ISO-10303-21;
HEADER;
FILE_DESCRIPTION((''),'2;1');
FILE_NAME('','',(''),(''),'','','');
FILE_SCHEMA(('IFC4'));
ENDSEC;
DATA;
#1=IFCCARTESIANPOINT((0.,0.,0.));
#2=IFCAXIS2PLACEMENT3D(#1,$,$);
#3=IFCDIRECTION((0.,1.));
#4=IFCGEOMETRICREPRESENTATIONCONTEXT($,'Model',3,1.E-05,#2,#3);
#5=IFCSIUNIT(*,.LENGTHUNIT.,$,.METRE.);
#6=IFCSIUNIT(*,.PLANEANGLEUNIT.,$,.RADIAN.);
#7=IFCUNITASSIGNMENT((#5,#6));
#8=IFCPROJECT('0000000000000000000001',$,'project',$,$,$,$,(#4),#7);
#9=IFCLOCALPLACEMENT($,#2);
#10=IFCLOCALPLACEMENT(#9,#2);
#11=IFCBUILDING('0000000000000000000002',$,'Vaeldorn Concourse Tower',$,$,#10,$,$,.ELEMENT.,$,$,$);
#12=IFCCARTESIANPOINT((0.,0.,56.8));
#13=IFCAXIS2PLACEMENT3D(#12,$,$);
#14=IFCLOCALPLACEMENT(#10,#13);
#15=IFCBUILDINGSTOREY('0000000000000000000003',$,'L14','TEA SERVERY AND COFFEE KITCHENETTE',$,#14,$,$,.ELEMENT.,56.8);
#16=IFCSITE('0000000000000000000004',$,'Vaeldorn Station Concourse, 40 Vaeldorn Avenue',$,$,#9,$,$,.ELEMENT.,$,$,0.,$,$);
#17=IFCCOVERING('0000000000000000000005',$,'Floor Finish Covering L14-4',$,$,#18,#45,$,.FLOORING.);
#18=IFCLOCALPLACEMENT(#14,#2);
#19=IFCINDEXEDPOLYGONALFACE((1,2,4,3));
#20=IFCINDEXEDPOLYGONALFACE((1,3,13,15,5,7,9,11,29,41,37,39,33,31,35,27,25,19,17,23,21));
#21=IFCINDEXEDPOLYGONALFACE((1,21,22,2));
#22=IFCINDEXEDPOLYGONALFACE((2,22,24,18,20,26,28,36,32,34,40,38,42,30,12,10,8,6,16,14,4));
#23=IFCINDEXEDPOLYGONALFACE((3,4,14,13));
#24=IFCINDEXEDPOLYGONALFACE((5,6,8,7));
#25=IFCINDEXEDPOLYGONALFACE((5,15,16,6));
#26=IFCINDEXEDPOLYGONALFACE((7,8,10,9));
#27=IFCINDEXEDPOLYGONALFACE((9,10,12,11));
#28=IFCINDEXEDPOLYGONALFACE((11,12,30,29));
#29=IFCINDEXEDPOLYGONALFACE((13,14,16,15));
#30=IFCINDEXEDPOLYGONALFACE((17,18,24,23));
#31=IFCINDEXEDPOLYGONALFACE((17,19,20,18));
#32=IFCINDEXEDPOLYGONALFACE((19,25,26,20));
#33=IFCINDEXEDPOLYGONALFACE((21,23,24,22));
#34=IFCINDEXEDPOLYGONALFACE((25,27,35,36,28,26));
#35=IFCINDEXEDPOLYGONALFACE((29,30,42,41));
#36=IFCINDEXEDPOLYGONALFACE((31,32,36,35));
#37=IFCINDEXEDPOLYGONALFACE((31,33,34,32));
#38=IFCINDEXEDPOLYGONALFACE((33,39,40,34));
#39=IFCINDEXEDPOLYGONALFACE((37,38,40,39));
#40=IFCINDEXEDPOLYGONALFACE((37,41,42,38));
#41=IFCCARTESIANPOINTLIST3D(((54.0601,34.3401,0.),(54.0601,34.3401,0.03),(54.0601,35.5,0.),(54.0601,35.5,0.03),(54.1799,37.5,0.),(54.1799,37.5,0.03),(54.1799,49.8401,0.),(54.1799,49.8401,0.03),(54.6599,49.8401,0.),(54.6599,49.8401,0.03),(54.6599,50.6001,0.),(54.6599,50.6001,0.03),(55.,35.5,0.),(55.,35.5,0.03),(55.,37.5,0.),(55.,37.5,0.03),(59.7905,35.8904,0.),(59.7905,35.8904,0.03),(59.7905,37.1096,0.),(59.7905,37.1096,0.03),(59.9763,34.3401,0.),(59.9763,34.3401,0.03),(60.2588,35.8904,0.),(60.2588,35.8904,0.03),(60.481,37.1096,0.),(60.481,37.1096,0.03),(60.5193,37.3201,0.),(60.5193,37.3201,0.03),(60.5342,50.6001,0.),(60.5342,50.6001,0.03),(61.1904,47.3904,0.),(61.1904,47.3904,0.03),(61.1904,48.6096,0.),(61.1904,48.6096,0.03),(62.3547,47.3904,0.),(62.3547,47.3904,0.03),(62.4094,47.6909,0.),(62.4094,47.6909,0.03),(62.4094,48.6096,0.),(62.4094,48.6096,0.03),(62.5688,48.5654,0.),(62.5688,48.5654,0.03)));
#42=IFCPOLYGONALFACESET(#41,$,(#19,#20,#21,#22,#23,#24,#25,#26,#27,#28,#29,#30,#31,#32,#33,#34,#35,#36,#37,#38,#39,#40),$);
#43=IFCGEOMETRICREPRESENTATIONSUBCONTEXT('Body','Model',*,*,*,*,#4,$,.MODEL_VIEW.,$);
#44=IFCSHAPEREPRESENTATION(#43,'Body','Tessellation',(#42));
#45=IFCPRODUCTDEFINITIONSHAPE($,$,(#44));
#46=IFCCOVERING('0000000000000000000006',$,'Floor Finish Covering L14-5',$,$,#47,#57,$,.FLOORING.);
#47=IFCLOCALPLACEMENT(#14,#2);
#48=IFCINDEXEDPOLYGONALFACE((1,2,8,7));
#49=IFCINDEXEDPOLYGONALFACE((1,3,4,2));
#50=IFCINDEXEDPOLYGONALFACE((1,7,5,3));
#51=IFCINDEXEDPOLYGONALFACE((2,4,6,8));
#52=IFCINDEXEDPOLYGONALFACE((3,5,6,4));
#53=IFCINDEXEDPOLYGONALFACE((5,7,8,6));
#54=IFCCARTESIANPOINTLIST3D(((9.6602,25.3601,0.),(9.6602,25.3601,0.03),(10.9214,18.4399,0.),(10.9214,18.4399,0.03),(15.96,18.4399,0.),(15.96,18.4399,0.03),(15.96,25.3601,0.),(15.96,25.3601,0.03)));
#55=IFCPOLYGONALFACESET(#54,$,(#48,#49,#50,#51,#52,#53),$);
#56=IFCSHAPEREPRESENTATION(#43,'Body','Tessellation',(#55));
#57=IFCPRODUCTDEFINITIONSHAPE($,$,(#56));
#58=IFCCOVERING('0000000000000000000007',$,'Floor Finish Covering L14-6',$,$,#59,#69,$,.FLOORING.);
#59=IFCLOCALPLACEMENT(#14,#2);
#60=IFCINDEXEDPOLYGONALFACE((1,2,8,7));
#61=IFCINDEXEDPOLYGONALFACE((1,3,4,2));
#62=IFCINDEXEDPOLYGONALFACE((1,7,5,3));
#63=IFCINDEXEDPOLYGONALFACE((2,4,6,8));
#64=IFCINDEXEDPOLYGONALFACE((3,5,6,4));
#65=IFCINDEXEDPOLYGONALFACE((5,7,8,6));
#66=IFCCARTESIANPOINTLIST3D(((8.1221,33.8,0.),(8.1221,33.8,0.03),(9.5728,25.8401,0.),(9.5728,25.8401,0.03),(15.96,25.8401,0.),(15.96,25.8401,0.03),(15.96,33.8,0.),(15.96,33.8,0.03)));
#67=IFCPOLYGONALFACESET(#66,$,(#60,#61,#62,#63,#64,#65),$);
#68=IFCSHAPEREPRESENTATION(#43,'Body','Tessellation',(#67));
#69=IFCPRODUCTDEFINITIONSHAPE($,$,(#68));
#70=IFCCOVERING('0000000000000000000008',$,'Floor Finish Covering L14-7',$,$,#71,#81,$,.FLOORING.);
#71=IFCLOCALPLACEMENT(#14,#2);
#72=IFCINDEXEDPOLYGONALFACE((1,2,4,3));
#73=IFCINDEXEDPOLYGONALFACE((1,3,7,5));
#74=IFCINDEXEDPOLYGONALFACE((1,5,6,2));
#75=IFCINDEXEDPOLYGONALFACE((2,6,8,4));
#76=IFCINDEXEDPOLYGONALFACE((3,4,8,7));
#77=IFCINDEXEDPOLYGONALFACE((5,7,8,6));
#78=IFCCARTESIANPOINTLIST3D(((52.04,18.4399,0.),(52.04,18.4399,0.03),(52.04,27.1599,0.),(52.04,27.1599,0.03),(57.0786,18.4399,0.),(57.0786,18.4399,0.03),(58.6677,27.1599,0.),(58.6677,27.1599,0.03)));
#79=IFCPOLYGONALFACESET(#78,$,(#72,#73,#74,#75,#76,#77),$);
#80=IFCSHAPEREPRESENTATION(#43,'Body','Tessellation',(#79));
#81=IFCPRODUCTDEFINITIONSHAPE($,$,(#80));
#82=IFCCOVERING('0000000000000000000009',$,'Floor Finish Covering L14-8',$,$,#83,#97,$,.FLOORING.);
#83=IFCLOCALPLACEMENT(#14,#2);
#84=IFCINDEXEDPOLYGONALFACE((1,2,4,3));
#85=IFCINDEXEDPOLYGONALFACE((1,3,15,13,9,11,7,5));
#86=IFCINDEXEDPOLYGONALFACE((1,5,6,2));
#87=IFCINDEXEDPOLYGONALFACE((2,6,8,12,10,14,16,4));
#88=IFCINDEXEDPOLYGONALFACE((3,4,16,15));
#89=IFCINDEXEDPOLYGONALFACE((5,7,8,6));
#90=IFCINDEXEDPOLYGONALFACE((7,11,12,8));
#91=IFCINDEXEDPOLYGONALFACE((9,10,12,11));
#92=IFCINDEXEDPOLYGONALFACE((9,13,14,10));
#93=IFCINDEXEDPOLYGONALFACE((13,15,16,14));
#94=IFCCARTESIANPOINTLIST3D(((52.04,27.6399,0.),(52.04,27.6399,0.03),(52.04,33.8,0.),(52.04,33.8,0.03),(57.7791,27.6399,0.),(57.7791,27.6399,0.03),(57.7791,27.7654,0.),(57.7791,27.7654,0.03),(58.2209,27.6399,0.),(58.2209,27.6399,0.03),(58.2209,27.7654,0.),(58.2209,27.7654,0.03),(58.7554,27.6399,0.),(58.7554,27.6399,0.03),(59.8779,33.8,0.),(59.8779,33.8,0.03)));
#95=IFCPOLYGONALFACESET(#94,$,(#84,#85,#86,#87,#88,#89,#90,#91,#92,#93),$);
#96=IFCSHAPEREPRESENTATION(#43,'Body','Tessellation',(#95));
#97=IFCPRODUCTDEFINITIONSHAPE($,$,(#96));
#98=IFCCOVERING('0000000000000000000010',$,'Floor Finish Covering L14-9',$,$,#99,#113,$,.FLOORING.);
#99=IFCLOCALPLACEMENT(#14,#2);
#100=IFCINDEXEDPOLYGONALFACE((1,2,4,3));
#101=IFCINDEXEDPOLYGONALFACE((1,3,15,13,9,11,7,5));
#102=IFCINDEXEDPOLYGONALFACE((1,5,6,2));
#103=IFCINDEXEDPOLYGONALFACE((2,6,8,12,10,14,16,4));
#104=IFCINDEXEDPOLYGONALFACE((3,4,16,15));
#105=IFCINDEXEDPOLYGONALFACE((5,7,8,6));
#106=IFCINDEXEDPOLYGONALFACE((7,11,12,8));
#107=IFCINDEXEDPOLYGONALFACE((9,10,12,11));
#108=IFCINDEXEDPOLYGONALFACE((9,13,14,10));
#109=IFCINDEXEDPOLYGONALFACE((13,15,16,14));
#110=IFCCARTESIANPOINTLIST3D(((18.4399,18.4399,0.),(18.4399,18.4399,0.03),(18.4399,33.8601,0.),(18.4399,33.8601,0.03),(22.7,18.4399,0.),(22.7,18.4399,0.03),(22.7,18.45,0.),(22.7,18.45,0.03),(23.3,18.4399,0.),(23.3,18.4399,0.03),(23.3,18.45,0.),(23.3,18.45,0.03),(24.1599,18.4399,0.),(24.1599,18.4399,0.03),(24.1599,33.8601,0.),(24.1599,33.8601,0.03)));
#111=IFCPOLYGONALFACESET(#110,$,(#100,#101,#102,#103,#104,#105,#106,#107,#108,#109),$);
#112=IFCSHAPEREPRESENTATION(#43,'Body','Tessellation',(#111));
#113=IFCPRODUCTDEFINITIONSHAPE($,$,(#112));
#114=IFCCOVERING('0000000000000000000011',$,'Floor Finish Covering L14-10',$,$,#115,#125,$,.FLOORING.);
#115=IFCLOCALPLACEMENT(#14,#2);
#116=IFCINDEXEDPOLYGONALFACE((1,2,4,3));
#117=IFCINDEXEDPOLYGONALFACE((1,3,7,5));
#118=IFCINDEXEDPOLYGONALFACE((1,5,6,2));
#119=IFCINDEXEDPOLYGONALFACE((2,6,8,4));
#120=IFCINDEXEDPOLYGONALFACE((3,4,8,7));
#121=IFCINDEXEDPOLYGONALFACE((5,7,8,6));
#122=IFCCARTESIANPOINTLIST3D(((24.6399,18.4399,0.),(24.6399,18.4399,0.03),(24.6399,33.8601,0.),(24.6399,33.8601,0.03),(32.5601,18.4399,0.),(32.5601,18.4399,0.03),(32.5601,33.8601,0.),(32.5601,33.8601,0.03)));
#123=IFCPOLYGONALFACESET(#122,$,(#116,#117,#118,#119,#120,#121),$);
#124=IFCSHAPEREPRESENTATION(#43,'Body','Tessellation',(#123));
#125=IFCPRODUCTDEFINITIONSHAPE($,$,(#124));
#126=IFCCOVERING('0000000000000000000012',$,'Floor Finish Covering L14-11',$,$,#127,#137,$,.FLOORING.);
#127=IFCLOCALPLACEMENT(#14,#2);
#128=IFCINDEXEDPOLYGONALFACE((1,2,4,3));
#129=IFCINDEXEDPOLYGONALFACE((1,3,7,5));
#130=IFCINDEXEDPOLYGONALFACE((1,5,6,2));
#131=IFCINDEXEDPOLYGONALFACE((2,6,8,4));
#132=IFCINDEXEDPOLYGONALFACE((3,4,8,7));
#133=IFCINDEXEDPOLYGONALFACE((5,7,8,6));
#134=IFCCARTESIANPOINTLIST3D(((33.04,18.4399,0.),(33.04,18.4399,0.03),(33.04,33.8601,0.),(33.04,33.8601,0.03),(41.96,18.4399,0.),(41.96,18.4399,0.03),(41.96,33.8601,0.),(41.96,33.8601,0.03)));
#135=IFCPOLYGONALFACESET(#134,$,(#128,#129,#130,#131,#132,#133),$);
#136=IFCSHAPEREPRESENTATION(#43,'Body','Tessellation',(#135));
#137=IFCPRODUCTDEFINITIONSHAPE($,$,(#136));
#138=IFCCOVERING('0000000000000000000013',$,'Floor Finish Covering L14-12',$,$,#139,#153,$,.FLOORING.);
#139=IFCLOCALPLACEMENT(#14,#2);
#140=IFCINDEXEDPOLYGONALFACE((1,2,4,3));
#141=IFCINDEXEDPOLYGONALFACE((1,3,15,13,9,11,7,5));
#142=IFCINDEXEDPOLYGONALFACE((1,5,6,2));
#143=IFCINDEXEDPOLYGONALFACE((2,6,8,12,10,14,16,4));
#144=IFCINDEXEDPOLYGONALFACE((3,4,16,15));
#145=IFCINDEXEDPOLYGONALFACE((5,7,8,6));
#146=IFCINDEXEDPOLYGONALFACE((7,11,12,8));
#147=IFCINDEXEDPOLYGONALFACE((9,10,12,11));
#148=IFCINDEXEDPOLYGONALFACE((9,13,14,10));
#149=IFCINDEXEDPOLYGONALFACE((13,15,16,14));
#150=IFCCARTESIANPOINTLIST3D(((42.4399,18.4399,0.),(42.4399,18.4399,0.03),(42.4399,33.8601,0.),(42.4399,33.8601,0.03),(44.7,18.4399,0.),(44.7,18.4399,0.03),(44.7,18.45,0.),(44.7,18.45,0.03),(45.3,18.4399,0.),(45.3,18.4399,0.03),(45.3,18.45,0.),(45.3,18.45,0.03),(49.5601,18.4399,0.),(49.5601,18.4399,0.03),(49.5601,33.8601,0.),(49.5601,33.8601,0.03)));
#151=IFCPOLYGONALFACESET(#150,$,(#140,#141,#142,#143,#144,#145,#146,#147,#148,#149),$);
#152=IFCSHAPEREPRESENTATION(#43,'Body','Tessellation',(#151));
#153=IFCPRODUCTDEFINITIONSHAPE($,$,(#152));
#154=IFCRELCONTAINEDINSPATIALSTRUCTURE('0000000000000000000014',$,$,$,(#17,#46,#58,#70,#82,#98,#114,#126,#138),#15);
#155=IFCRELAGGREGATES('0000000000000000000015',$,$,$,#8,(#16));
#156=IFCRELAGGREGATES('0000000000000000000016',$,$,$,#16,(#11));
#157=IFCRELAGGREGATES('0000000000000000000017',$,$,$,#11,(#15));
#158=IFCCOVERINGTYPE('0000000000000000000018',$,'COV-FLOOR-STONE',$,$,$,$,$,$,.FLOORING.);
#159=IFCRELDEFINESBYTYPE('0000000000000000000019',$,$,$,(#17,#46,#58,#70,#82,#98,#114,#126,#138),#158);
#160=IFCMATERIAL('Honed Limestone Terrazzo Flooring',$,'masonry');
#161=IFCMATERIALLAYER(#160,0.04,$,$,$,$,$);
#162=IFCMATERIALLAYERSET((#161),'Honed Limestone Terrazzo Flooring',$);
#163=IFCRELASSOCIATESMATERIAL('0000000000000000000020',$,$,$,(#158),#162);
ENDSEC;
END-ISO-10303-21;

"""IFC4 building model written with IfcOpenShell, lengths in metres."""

from ifc_helpers import new_model, si_unit, direction, frame, origin, place, context, subcontext, project, spatial, polyline, outline, extrude, material, layer, layer_set, type_object, element, save


model = new_model("IFC4")

# Units and contexts
model_context = context("Model", 3, precision=1e-05, world=origin(), true_north=direction((0.0, 1.0)))
body_context = subcontext(model_context, "Body", "Model", "MODEL_VIEW")
ifc_project = project(units=[si_unit("LENGTHUNIT", "METRE"), si_unit("PLANEANGLEUNIT", "RADIAN")], contexts=[model_context])

# Site, building, storey
site_placement = place(None, origin())
site = spatial("IfcSite", under=ifc_project, at=site_placement, Name="Vaeldorn Station Concourse, 40 Vaeldorn Avenue", CompositionType="ELEMENT", RefElevation=0.0)
building_placement = place(site_placement, origin())
building = spatial("IfcBuilding", under=site, at=building_placement, Name="Vaeldorn Concourse Tower", CompositionType="ELEMENT")
storey_placement = place(building_placement, frame((0.0, 0.0, 56.8)))
storey = spatial("IfcBuildingStorey", under=building, at=storey_placement, Name="L14", Description="TEA SERVERY AND COFFEE KITCHENETTE", CompositionType="ELEMENT", Elevation=56.8)

# Coverings
ifc_material_1 = material(Name="Honed Limestone Terrazzo Flooring", Category="masonry")
ifc_layer_1 = layer(ifc_material_1, 0.04)
ifc_layer_set_1 = layer_set([ifc_layer_1], Name="Honed Limestone Terrazzo Flooring")
covering_type_1 = type_object("IfcCoveringType", Name="COV-FLOOR-STONE", PredefinedType="FLOORING", material=ifc_layer_set_1)
covering_1_placement = place(storey_placement, origin())
element("IfcCovering", 1, at=covering_1_placement, inside=storey, type_object=covering_type_1, Name="Floor Finish Covering L14-4", PredefinedType="FLOORING", context=body_context, shape_type="SweptSolid", body=[
    extrude(outline(polyline([(54.1799, 49.8401), (54.6599, 49.8401), (54.6599, 50.6001), (60.5342, 50.6001), (62.5688, 48.5654), (62.4094, 47.6909), (62.4094, 48.6096), (61.1904, 48.6096), (61.1904, 47.3904), (62.3547, 47.3904), (60.5193, 37.3201), (60.5193, 37.3201), (60.481, 37.1096), (59.7905, 37.1096), (59.7905, 35.8904), (60.2588, 35.8904), (59.9763, 34.3401), (54.0601, 34.3401), (54.0601, 35.5), (55.0, 35.5), (55.0, 37.5), (54.1799, 37.5), (54.1799, 49.8401)])), origin(), (0.0, 0.0, 1.0), 0.03),
])
covering_2_placement = place(storey_placement, origin())
element("IfcCovering", 2, at=covering_2_placement, inside=storey, type_object=covering_type_1, Name="Floor Finish Covering L14-5", PredefinedType="FLOORING", context=body_context, shape_type="SweptSolid", body=[
    extrude(outline(polyline([(15.96, 25.3601), (15.96, 18.4399), (10.9214, 18.4399), (9.6602, 25.3601), (15.96, 25.3601)])), origin(), (0.0, 0.0, 1.0), 0.03),
])
covering_3_placement = place(storey_placement, origin())
element("IfcCovering", 3, at=covering_3_placement, inside=storey, type_object=covering_type_1, Name="Floor Finish Covering L14-6", PredefinedType="FLOORING", context=body_context, shape_type="SweptSolid", body=[
    extrude(outline(polyline([(15.96, 33.8), (15.96, 25.8401), (9.5728, 25.8401), (8.1221, 33.8), (15.96, 33.8)])), origin(), (0.0, 0.0, 1.0), 0.03),
])
covering_4_placement = place(storey_placement, origin())
element("IfcCovering", 4, at=covering_4_placement, inside=storey, type_object=covering_type_1, Name="Floor Finish Covering L14-7", PredefinedType="FLOORING", context=body_context, shape_type="SweptSolid", body=[
    extrude(outline(polyline([(52.04, 27.1599), (58.6677, 27.1599), (57.0786, 18.4399), (52.04, 18.4399), (52.04, 27.1599)])), origin(), (0.0, 0.0, 1.0), 0.03),
])
covering_5_placement = place(storey_placement, origin())
element("IfcCovering", 5, at=covering_5_placement, inside=storey, type_object=covering_type_1, Name="Floor Finish Covering L14-8", PredefinedType="FLOORING", context=body_context, shape_type="SweptSolid", body=[
    extrude(outline(polyline([(52.04, 33.8), (59.8779, 33.8), (58.7554, 27.6399), (58.2209, 27.6399), (58.2209, 27.7654), (57.7791, 27.7654), (57.7791, 27.6399), (52.04, 27.6399), (52.04, 33.8)])), origin(), (0.0, 0.0, 1.0), 0.03),
])
covering_6_placement = place(storey_placement, origin())
element("IfcCovering", 6, at=covering_6_placement, inside=storey, type_object=covering_type_1, Name="Floor Finish Covering L14-9", PredefinedType="FLOORING", context=body_context, shape_type="SweptSolid", body=[
    extrude(outline(polyline([(18.4399, 33.8601), (24.1599, 33.8601), (24.1599, 18.4399), (23.3, 18.4399), (23.3, 18.45), (22.7, 18.45), (22.7, 18.4399), (18.4399, 18.4399), (18.4399, 33.8601)])), origin(), (0.0, 0.0, 1.0), 0.03),
])
covering_7_placement = place(storey_placement, origin())
element("IfcCovering", 7, at=covering_7_placement, inside=storey, type_object=covering_type_1, Name="Floor Finish Covering L14-10", PredefinedType="FLOORING", context=body_context, shape_type="SweptSolid", body=[
    extrude(outline(polyline([(24.6399, 33.8601), (32.5601, 33.8601), (32.5601, 18.4399), (24.6399, 18.4399), (24.6399, 33.8601)])), origin(), (0.0, 0.0, 1.0), 0.03),
])
covering_8_placement = place(storey_placement, origin())
element("IfcCovering", 8, at=covering_8_placement, inside=storey, type_object=covering_type_1, Name="Floor Finish Covering L14-11", PredefinedType="FLOORING", context=body_context, shape_type="SweptSolid", body=[
    extrude(outline(polyline([(33.04, 33.8601), (41.96, 33.8601), (41.96, 18.4399), (33.04, 18.4399), (33.04, 33.8601)])), origin(), (0.0, 0.0, 1.0), 0.03),
])
covering_9_placement = place(storey_placement, origin())
element("IfcCovering", 9, at=covering_9_placement, inside=storey, type_object=covering_type_1, Name="Floor Finish Covering L14-12", PredefinedType="FLOORING", context=body_context, shape_type="SweptSolid", body=[
    extrude(outline(polyline([(42.4399, 33.8601), (49.5601, 33.8601), (49.5601, 18.4399), (45.3, 18.4399), (45.3, 18.45), (44.7, 18.45), (44.7, 18.4399), (42.4399, 18.4399), (42.4399, 33.8601)])), origin(), (0.0, 0.0, 1.0), 0.03),
])

save(model, "model.ifc")
